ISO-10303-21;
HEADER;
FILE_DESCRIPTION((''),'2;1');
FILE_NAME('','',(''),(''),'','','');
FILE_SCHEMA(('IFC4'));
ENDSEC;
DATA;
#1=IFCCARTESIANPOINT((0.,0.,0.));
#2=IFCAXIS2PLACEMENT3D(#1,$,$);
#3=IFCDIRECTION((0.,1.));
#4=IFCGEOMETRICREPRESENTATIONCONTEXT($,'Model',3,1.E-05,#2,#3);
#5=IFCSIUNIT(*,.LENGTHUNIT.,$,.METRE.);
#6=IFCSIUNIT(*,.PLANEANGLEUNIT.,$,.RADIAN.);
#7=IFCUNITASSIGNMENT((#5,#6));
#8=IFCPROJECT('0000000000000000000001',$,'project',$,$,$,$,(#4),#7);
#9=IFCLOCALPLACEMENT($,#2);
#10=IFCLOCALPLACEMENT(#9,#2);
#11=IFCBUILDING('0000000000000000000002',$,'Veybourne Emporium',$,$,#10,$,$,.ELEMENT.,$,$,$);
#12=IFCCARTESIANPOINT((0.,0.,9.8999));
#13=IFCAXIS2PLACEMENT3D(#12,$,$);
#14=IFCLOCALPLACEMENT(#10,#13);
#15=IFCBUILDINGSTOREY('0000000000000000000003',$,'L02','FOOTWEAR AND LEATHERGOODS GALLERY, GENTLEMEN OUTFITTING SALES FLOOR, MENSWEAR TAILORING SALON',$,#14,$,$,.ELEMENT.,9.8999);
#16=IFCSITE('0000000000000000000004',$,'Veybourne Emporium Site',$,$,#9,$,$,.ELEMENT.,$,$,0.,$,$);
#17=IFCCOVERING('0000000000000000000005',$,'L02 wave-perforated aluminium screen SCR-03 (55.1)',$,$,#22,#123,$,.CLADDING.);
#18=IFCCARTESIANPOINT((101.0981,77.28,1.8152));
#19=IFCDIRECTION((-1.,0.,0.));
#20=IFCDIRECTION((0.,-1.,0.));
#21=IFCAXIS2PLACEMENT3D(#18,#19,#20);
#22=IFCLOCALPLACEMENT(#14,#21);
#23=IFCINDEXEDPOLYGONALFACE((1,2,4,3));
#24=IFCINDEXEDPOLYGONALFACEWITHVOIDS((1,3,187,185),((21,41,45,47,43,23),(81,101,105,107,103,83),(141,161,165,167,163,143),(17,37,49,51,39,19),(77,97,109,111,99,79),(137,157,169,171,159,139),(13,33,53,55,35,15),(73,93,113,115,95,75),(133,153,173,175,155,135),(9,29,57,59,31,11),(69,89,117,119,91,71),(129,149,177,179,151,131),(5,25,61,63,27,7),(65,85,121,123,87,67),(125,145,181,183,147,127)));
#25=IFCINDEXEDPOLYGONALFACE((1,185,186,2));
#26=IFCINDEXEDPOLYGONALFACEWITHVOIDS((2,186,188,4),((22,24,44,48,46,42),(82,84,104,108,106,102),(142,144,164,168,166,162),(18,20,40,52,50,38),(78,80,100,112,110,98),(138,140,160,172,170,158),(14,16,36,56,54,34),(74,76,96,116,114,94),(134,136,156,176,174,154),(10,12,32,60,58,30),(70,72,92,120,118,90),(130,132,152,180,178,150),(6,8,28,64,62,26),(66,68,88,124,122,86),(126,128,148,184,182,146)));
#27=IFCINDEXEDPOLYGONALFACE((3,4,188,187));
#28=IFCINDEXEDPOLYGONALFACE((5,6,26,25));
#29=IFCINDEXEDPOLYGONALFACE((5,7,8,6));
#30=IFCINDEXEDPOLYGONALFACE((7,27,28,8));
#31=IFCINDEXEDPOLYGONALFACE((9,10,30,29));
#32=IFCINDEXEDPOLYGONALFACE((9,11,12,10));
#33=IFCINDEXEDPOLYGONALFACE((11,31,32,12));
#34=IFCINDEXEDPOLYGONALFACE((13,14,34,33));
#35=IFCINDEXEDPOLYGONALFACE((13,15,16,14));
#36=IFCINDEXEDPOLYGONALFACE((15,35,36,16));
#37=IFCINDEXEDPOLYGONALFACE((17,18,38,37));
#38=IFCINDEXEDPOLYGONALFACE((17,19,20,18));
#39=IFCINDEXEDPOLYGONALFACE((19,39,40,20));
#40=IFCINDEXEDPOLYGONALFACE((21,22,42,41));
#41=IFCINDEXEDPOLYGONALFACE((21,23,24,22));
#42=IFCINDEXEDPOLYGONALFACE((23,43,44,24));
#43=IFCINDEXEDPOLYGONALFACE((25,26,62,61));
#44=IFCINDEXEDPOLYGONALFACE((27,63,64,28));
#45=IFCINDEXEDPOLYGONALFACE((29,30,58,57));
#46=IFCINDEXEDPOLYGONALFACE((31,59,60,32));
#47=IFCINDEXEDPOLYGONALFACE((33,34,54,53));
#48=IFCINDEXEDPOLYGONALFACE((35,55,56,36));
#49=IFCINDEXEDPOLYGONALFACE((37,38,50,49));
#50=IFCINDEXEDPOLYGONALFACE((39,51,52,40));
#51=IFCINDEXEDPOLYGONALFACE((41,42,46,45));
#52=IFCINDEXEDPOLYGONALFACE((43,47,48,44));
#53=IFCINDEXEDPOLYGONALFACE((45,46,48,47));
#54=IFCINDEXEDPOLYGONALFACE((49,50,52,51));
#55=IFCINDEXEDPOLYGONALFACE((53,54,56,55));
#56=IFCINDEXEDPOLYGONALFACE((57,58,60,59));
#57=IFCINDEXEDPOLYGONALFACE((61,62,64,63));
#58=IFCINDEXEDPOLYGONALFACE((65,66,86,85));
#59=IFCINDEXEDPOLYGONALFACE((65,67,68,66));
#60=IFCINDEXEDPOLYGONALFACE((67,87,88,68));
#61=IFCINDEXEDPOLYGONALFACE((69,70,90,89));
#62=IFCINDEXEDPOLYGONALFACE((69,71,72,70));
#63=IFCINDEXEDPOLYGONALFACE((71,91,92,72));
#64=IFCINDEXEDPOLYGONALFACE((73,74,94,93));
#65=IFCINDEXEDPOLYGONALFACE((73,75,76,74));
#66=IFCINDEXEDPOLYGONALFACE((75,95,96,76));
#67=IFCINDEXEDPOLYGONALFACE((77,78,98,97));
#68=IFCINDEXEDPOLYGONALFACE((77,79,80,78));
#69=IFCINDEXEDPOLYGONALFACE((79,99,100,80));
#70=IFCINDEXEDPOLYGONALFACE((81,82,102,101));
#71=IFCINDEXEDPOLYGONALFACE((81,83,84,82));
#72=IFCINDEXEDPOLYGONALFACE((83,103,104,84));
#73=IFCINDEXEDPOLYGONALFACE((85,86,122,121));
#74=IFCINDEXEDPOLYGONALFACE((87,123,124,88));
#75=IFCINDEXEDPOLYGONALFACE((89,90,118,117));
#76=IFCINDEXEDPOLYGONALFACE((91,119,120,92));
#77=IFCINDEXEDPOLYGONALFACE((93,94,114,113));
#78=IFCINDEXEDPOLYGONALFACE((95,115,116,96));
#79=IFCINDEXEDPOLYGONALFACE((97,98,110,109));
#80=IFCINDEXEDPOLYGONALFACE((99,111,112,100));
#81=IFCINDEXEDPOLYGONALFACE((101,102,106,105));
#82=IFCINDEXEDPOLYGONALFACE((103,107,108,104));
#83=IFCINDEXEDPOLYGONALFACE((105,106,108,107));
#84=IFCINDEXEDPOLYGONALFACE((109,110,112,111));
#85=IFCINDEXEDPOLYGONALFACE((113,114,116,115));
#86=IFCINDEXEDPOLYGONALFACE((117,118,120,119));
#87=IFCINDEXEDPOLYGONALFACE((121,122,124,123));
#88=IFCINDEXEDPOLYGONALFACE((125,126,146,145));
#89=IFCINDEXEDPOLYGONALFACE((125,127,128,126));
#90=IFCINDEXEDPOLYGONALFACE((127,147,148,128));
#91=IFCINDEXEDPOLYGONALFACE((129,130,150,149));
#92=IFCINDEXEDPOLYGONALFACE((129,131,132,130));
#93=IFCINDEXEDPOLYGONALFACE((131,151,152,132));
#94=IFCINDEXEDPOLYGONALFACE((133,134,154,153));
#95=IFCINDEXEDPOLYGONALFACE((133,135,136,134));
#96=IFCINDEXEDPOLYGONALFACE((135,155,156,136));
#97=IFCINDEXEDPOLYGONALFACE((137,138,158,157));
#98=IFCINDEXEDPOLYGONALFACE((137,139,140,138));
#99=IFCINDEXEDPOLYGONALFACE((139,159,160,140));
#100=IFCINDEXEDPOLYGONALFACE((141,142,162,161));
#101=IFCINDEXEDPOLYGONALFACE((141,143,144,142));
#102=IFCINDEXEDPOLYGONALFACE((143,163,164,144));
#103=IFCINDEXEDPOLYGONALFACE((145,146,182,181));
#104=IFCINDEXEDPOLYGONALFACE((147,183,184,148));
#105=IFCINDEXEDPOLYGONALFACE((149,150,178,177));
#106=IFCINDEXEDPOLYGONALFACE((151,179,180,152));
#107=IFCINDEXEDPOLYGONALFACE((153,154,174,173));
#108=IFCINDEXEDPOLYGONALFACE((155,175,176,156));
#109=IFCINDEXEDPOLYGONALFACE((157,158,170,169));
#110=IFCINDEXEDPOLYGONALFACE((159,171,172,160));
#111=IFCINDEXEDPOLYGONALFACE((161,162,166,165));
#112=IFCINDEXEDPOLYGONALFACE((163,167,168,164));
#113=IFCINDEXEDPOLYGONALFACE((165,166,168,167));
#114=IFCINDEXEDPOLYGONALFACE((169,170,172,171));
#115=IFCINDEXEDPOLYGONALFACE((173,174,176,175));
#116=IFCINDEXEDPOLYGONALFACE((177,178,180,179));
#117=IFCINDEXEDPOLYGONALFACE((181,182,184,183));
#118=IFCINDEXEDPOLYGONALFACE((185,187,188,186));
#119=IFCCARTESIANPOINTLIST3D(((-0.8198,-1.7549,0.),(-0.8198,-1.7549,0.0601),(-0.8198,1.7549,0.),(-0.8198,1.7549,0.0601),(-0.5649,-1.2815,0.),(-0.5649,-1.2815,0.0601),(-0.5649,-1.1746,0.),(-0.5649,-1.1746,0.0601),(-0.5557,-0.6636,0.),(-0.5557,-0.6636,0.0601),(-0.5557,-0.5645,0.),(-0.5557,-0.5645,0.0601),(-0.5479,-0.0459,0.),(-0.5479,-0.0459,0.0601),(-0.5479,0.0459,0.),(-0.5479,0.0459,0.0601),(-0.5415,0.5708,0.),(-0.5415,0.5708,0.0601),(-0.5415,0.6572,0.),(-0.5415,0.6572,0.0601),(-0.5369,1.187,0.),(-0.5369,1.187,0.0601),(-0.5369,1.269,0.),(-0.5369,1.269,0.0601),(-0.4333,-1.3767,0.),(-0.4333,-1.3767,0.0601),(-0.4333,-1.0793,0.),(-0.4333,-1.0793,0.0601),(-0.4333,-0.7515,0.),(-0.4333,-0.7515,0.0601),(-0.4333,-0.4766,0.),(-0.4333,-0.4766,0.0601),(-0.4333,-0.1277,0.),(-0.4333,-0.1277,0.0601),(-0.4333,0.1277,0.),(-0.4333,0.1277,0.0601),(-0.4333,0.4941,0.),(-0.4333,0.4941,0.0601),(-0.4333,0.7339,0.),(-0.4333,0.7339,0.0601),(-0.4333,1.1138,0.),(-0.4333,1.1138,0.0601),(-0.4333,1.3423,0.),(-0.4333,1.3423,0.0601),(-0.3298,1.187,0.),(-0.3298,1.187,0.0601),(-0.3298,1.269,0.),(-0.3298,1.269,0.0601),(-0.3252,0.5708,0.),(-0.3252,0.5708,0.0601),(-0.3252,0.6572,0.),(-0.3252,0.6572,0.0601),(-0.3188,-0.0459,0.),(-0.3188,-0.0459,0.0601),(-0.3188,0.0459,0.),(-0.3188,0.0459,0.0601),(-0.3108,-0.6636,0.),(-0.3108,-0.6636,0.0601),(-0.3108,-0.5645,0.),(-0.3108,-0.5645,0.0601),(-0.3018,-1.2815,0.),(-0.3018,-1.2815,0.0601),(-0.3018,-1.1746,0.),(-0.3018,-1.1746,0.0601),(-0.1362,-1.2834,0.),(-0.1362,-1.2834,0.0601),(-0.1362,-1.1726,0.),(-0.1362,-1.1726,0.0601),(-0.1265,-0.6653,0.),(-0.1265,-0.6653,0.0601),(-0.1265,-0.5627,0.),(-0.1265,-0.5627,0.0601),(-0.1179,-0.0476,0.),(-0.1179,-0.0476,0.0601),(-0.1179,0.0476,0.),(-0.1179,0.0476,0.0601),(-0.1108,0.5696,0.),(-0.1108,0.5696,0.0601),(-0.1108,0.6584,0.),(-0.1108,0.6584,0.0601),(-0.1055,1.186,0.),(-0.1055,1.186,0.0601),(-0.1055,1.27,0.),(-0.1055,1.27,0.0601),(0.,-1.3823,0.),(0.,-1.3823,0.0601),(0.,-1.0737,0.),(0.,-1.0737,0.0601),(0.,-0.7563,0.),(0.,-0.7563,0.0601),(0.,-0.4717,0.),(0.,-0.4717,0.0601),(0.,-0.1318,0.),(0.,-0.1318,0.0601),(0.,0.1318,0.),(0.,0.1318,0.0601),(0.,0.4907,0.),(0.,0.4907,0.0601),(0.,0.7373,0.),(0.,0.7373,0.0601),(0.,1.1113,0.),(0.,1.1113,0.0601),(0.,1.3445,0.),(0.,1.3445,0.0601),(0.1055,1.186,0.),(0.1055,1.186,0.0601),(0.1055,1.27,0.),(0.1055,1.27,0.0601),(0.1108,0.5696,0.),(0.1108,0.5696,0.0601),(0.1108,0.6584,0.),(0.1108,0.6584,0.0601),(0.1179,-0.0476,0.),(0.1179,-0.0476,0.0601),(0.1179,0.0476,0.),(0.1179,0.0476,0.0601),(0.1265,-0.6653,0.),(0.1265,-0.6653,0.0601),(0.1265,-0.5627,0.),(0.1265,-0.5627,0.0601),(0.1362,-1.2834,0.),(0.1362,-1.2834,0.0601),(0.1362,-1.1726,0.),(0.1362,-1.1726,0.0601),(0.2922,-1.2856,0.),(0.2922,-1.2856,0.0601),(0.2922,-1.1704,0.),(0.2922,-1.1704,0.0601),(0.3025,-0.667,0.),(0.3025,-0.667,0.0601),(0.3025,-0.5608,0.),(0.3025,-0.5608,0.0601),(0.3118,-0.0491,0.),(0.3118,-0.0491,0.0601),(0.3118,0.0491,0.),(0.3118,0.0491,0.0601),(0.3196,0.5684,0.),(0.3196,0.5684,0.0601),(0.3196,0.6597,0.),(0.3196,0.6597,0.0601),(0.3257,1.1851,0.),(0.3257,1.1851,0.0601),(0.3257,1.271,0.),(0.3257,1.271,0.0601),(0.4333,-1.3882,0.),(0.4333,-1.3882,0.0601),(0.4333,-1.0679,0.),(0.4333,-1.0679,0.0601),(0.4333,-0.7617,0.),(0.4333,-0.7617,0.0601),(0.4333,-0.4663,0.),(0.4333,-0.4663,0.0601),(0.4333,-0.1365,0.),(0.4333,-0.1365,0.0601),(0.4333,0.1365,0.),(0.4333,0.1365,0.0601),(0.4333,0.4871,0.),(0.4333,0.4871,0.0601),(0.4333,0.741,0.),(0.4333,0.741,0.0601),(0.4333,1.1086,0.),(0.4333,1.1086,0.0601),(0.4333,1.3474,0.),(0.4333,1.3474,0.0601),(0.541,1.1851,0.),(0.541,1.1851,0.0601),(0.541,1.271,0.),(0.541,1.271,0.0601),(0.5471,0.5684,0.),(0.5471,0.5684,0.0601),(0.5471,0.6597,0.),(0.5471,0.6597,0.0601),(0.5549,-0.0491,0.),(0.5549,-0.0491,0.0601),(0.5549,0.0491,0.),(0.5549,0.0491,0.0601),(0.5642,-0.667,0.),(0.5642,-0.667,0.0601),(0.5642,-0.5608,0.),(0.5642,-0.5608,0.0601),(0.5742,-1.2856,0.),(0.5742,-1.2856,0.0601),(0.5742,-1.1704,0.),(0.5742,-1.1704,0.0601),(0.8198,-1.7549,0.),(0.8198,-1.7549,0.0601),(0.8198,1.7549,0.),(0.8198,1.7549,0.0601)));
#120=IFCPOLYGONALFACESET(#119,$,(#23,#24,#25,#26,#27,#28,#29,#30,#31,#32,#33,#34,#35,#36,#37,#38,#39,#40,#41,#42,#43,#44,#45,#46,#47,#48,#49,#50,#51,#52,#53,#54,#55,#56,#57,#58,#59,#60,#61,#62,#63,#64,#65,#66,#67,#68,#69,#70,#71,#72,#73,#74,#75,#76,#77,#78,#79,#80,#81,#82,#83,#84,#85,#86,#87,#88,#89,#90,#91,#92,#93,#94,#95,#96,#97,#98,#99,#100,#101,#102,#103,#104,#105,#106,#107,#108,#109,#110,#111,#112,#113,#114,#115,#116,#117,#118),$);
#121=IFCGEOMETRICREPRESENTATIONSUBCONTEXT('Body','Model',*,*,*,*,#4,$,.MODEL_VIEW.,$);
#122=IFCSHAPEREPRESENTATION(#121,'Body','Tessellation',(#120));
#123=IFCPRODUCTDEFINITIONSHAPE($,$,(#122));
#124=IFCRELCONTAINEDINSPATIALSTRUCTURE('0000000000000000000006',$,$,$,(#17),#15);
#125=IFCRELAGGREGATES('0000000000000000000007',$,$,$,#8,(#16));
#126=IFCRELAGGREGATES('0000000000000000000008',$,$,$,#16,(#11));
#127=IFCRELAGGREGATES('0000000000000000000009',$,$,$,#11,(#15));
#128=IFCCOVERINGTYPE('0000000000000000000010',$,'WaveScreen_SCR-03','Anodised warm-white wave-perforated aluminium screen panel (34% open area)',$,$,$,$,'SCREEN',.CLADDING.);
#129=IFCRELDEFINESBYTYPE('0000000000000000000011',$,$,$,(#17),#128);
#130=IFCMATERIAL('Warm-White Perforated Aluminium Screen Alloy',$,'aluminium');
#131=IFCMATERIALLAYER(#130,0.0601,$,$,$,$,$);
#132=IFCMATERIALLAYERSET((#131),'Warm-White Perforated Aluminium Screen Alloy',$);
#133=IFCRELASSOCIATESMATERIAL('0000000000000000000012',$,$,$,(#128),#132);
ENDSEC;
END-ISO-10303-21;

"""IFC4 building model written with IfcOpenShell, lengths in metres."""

from ifc_helpers import new_model, si_unit, direction, frame, origin, place, context, subcontext, project, spatial, polyline, outline, extrude, material, layer, layer_set, type_object, element, save


model = new_model("IFC4")

# Units and contexts
model_context = context("Model", 3, precision=1e-05, world=origin(), true_north=direction((0.0, 1.0)))
body_context = subcontext(model_context, "Body", "Model", "MODEL_VIEW")
ifc_project = project(units=[si_unit("LENGTHUNIT", "METRE"), si_unit("PLANEANGLEUNIT", "RADIAN")], contexts=[model_context])

# Site, building, storey
site_placement = place(None, origin())
site = spatial("IfcSite", under=ifc_project, at=site_placement, Name="Veybourne Emporium Site", CompositionType="ELEMENT", RefElevation=0.0)
building_placement = place(site_placement, origin())
building = spatial("IfcBuilding", under=site, at=building_placement, Name="Veybourne Emporium", CompositionType="ELEMENT")
storey_placement = place(building_placement, frame((0.0, 0.0, 9.8999)))
storey = spatial("IfcBuildingStorey", under=building, at=storey_placement, Name="L02", Description="FOOTWEAR AND LEATHERGOODS GALLERY, GENTLEMEN OUTFITTING SALES FLOOR, MENSWEAR TAILORING SALON", CompositionType="ELEMENT", Elevation=9.8999)

# Covering
ifc_material_1 = material(Name="Warm-White Perforated Aluminium Screen Alloy", Category="aluminium")
ifc_layer_1 = layer(ifc_material_1, 0.0601)
ifc_layer_set_1 = layer_set([ifc_layer_1], Name="Warm-White Perforated Aluminium Screen Alloy")
covering_type_1 = type_object("IfcCoveringType", Name="WaveScreen_SCR-03", Description="Anodised warm-white wave-perforated aluminium screen panel (34% open area)", ElementType="SCREEN", PredefinedType="CLADDING", material=ifc_layer_set_1)
covering_1_placement = place(storey_placement, frame((101.0981, 77.28, 1.8152), z_axis=(-1.0, 0.0, 0.0), x_axis=(0.0, -1.0, 0.0)))
element("IfcCovering", 1, at=covering_1_placement, inside=storey, type_object=covering_type_1, Name="L02 wave-perforated aluminium screen SCR-03 (55.1)", PredefinedType="CLADDING", context=body_context, shape_type="SweptSolid", body=[
    extrude(outline(polyline([(-0.8198, -1.7549), (0.8198, -1.7549), (0.8198, 1.7549), (-0.8198, 1.7549), (-0.8198, -1.7549)]), holes=[polyline([(-0.4333, -1.0793), (-0.3018, -1.1746), (-0.3018, -1.2815), (-0.4333, -1.3767), (-0.5649, -1.2815), (-0.5649, -1.1746), (-0.4333, -1.0793)]), polyline([(-0.4333, -0.4766), (-0.3108, -0.5645), (-0.3108, -0.6636), (-0.4333, -0.7515), (-0.5557, -0.6636), (-0.5557, -0.5645), (-0.4333, -0.4766)]), polyline([(-0.4333, 0.1277), (-0.3188, 0.0459), (-0.3188, -0.0459), (-0.4333, -0.1277), (-0.5479, -0.0459), (-0.5479, 0.0459), (-0.4333, 0.1277)]), polyline([(-0.4333, 0.7339), (-0.3252, 0.6572), (-0.3252, 0.5708), (-0.4333, 0.4941), (-0.5415, 0.5708), (-0.5415, 0.6572), (-0.4333, 0.7339)]), polyline([(-0.4333, 1.3423), (-0.3298, 1.269), (-0.3298, 1.187), (-0.4333, 1.1138), (-0.5369, 1.187), (-0.5369, 1.269), (-0.4333, 1.3423)]), polyline([(0.0, -1.0737), (0.1362, -1.1726), (0.1362, -1.2834), (0.0, -1.3823), (-0.1362, -1.2834), (-0.1362, -1.1726), (0.0, -1.0737)]), polyline([(0.0, -0.4717), (0.1265, -0.5627), (0.1265, -0.6653), (0.0, -0.7563), (-0.1265, -0.6653), (-0.1265, -0.5627), (0.0, -0.4717)]), polyline([(0.0, 0.1318), (0.1179, 0.0476), (0.1179, -0.0476), (0.0, -0.1318), (-0.1179, -0.0476), (-0.1179, 0.0476), (0.0, 0.1318)]), polyline([(0.0, 0.7373), (0.1108, 0.6584), (0.1108, 0.5696), (0.0, 0.4907), (-0.1108, 0.5696), (-0.1108, 0.6584), (0.0, 0.7373)]), polyline([(0.0, 1.3445), (0.1055, 1.27), (0.1055, 1.186), (0.0, 1.1113), (-0.1055, 1.186), (-0.1055, 1.27), (0.0, 1.3445)]), polyline([(0.4333, -1.0679), (0.5742, -1.1704), (0.5742, -1.2856), (0.4333, -1.3882), (0.2922, -1.2856), (0.2922, -1.1704), (0.4333, -1.0679)]), polyline([(0.4333, -0.4663), (0.5642, -0.5608), (0.5642, -0.667), (0.4333, -0.7617), (0.3025, -0.667), (0.3025, -0.5608), (0.4333, -0.4663)]), polyline([(0.4333, 0.1365), (0.5549, 0.0491), (0.5549, -0.0491), (0.4333, -0.1365), (0.3118, -0.0491), (0.3118, 0.0491), (0.4333, 0.1365)]), polyline([(0.4333, 0.741), (0.5471, 0.6597), (0.5471, 0.5684), (0.4333, 0.4871), (0.3196, 0.5684), (0.3196, 0.6597), (0.4333, 0.741)]), polyline([(0.4333, 1.3474), (0.541, 1.271), (0.541, 1.1851), (0.4333, 1.1086), (0.3257, 1.1851), (0.3257, 1.271), (0.4333, 1.3474)])]), origin(), (0.0, 0.0, 1.0), 0.0601),
])

save(model, "model.ifc")
